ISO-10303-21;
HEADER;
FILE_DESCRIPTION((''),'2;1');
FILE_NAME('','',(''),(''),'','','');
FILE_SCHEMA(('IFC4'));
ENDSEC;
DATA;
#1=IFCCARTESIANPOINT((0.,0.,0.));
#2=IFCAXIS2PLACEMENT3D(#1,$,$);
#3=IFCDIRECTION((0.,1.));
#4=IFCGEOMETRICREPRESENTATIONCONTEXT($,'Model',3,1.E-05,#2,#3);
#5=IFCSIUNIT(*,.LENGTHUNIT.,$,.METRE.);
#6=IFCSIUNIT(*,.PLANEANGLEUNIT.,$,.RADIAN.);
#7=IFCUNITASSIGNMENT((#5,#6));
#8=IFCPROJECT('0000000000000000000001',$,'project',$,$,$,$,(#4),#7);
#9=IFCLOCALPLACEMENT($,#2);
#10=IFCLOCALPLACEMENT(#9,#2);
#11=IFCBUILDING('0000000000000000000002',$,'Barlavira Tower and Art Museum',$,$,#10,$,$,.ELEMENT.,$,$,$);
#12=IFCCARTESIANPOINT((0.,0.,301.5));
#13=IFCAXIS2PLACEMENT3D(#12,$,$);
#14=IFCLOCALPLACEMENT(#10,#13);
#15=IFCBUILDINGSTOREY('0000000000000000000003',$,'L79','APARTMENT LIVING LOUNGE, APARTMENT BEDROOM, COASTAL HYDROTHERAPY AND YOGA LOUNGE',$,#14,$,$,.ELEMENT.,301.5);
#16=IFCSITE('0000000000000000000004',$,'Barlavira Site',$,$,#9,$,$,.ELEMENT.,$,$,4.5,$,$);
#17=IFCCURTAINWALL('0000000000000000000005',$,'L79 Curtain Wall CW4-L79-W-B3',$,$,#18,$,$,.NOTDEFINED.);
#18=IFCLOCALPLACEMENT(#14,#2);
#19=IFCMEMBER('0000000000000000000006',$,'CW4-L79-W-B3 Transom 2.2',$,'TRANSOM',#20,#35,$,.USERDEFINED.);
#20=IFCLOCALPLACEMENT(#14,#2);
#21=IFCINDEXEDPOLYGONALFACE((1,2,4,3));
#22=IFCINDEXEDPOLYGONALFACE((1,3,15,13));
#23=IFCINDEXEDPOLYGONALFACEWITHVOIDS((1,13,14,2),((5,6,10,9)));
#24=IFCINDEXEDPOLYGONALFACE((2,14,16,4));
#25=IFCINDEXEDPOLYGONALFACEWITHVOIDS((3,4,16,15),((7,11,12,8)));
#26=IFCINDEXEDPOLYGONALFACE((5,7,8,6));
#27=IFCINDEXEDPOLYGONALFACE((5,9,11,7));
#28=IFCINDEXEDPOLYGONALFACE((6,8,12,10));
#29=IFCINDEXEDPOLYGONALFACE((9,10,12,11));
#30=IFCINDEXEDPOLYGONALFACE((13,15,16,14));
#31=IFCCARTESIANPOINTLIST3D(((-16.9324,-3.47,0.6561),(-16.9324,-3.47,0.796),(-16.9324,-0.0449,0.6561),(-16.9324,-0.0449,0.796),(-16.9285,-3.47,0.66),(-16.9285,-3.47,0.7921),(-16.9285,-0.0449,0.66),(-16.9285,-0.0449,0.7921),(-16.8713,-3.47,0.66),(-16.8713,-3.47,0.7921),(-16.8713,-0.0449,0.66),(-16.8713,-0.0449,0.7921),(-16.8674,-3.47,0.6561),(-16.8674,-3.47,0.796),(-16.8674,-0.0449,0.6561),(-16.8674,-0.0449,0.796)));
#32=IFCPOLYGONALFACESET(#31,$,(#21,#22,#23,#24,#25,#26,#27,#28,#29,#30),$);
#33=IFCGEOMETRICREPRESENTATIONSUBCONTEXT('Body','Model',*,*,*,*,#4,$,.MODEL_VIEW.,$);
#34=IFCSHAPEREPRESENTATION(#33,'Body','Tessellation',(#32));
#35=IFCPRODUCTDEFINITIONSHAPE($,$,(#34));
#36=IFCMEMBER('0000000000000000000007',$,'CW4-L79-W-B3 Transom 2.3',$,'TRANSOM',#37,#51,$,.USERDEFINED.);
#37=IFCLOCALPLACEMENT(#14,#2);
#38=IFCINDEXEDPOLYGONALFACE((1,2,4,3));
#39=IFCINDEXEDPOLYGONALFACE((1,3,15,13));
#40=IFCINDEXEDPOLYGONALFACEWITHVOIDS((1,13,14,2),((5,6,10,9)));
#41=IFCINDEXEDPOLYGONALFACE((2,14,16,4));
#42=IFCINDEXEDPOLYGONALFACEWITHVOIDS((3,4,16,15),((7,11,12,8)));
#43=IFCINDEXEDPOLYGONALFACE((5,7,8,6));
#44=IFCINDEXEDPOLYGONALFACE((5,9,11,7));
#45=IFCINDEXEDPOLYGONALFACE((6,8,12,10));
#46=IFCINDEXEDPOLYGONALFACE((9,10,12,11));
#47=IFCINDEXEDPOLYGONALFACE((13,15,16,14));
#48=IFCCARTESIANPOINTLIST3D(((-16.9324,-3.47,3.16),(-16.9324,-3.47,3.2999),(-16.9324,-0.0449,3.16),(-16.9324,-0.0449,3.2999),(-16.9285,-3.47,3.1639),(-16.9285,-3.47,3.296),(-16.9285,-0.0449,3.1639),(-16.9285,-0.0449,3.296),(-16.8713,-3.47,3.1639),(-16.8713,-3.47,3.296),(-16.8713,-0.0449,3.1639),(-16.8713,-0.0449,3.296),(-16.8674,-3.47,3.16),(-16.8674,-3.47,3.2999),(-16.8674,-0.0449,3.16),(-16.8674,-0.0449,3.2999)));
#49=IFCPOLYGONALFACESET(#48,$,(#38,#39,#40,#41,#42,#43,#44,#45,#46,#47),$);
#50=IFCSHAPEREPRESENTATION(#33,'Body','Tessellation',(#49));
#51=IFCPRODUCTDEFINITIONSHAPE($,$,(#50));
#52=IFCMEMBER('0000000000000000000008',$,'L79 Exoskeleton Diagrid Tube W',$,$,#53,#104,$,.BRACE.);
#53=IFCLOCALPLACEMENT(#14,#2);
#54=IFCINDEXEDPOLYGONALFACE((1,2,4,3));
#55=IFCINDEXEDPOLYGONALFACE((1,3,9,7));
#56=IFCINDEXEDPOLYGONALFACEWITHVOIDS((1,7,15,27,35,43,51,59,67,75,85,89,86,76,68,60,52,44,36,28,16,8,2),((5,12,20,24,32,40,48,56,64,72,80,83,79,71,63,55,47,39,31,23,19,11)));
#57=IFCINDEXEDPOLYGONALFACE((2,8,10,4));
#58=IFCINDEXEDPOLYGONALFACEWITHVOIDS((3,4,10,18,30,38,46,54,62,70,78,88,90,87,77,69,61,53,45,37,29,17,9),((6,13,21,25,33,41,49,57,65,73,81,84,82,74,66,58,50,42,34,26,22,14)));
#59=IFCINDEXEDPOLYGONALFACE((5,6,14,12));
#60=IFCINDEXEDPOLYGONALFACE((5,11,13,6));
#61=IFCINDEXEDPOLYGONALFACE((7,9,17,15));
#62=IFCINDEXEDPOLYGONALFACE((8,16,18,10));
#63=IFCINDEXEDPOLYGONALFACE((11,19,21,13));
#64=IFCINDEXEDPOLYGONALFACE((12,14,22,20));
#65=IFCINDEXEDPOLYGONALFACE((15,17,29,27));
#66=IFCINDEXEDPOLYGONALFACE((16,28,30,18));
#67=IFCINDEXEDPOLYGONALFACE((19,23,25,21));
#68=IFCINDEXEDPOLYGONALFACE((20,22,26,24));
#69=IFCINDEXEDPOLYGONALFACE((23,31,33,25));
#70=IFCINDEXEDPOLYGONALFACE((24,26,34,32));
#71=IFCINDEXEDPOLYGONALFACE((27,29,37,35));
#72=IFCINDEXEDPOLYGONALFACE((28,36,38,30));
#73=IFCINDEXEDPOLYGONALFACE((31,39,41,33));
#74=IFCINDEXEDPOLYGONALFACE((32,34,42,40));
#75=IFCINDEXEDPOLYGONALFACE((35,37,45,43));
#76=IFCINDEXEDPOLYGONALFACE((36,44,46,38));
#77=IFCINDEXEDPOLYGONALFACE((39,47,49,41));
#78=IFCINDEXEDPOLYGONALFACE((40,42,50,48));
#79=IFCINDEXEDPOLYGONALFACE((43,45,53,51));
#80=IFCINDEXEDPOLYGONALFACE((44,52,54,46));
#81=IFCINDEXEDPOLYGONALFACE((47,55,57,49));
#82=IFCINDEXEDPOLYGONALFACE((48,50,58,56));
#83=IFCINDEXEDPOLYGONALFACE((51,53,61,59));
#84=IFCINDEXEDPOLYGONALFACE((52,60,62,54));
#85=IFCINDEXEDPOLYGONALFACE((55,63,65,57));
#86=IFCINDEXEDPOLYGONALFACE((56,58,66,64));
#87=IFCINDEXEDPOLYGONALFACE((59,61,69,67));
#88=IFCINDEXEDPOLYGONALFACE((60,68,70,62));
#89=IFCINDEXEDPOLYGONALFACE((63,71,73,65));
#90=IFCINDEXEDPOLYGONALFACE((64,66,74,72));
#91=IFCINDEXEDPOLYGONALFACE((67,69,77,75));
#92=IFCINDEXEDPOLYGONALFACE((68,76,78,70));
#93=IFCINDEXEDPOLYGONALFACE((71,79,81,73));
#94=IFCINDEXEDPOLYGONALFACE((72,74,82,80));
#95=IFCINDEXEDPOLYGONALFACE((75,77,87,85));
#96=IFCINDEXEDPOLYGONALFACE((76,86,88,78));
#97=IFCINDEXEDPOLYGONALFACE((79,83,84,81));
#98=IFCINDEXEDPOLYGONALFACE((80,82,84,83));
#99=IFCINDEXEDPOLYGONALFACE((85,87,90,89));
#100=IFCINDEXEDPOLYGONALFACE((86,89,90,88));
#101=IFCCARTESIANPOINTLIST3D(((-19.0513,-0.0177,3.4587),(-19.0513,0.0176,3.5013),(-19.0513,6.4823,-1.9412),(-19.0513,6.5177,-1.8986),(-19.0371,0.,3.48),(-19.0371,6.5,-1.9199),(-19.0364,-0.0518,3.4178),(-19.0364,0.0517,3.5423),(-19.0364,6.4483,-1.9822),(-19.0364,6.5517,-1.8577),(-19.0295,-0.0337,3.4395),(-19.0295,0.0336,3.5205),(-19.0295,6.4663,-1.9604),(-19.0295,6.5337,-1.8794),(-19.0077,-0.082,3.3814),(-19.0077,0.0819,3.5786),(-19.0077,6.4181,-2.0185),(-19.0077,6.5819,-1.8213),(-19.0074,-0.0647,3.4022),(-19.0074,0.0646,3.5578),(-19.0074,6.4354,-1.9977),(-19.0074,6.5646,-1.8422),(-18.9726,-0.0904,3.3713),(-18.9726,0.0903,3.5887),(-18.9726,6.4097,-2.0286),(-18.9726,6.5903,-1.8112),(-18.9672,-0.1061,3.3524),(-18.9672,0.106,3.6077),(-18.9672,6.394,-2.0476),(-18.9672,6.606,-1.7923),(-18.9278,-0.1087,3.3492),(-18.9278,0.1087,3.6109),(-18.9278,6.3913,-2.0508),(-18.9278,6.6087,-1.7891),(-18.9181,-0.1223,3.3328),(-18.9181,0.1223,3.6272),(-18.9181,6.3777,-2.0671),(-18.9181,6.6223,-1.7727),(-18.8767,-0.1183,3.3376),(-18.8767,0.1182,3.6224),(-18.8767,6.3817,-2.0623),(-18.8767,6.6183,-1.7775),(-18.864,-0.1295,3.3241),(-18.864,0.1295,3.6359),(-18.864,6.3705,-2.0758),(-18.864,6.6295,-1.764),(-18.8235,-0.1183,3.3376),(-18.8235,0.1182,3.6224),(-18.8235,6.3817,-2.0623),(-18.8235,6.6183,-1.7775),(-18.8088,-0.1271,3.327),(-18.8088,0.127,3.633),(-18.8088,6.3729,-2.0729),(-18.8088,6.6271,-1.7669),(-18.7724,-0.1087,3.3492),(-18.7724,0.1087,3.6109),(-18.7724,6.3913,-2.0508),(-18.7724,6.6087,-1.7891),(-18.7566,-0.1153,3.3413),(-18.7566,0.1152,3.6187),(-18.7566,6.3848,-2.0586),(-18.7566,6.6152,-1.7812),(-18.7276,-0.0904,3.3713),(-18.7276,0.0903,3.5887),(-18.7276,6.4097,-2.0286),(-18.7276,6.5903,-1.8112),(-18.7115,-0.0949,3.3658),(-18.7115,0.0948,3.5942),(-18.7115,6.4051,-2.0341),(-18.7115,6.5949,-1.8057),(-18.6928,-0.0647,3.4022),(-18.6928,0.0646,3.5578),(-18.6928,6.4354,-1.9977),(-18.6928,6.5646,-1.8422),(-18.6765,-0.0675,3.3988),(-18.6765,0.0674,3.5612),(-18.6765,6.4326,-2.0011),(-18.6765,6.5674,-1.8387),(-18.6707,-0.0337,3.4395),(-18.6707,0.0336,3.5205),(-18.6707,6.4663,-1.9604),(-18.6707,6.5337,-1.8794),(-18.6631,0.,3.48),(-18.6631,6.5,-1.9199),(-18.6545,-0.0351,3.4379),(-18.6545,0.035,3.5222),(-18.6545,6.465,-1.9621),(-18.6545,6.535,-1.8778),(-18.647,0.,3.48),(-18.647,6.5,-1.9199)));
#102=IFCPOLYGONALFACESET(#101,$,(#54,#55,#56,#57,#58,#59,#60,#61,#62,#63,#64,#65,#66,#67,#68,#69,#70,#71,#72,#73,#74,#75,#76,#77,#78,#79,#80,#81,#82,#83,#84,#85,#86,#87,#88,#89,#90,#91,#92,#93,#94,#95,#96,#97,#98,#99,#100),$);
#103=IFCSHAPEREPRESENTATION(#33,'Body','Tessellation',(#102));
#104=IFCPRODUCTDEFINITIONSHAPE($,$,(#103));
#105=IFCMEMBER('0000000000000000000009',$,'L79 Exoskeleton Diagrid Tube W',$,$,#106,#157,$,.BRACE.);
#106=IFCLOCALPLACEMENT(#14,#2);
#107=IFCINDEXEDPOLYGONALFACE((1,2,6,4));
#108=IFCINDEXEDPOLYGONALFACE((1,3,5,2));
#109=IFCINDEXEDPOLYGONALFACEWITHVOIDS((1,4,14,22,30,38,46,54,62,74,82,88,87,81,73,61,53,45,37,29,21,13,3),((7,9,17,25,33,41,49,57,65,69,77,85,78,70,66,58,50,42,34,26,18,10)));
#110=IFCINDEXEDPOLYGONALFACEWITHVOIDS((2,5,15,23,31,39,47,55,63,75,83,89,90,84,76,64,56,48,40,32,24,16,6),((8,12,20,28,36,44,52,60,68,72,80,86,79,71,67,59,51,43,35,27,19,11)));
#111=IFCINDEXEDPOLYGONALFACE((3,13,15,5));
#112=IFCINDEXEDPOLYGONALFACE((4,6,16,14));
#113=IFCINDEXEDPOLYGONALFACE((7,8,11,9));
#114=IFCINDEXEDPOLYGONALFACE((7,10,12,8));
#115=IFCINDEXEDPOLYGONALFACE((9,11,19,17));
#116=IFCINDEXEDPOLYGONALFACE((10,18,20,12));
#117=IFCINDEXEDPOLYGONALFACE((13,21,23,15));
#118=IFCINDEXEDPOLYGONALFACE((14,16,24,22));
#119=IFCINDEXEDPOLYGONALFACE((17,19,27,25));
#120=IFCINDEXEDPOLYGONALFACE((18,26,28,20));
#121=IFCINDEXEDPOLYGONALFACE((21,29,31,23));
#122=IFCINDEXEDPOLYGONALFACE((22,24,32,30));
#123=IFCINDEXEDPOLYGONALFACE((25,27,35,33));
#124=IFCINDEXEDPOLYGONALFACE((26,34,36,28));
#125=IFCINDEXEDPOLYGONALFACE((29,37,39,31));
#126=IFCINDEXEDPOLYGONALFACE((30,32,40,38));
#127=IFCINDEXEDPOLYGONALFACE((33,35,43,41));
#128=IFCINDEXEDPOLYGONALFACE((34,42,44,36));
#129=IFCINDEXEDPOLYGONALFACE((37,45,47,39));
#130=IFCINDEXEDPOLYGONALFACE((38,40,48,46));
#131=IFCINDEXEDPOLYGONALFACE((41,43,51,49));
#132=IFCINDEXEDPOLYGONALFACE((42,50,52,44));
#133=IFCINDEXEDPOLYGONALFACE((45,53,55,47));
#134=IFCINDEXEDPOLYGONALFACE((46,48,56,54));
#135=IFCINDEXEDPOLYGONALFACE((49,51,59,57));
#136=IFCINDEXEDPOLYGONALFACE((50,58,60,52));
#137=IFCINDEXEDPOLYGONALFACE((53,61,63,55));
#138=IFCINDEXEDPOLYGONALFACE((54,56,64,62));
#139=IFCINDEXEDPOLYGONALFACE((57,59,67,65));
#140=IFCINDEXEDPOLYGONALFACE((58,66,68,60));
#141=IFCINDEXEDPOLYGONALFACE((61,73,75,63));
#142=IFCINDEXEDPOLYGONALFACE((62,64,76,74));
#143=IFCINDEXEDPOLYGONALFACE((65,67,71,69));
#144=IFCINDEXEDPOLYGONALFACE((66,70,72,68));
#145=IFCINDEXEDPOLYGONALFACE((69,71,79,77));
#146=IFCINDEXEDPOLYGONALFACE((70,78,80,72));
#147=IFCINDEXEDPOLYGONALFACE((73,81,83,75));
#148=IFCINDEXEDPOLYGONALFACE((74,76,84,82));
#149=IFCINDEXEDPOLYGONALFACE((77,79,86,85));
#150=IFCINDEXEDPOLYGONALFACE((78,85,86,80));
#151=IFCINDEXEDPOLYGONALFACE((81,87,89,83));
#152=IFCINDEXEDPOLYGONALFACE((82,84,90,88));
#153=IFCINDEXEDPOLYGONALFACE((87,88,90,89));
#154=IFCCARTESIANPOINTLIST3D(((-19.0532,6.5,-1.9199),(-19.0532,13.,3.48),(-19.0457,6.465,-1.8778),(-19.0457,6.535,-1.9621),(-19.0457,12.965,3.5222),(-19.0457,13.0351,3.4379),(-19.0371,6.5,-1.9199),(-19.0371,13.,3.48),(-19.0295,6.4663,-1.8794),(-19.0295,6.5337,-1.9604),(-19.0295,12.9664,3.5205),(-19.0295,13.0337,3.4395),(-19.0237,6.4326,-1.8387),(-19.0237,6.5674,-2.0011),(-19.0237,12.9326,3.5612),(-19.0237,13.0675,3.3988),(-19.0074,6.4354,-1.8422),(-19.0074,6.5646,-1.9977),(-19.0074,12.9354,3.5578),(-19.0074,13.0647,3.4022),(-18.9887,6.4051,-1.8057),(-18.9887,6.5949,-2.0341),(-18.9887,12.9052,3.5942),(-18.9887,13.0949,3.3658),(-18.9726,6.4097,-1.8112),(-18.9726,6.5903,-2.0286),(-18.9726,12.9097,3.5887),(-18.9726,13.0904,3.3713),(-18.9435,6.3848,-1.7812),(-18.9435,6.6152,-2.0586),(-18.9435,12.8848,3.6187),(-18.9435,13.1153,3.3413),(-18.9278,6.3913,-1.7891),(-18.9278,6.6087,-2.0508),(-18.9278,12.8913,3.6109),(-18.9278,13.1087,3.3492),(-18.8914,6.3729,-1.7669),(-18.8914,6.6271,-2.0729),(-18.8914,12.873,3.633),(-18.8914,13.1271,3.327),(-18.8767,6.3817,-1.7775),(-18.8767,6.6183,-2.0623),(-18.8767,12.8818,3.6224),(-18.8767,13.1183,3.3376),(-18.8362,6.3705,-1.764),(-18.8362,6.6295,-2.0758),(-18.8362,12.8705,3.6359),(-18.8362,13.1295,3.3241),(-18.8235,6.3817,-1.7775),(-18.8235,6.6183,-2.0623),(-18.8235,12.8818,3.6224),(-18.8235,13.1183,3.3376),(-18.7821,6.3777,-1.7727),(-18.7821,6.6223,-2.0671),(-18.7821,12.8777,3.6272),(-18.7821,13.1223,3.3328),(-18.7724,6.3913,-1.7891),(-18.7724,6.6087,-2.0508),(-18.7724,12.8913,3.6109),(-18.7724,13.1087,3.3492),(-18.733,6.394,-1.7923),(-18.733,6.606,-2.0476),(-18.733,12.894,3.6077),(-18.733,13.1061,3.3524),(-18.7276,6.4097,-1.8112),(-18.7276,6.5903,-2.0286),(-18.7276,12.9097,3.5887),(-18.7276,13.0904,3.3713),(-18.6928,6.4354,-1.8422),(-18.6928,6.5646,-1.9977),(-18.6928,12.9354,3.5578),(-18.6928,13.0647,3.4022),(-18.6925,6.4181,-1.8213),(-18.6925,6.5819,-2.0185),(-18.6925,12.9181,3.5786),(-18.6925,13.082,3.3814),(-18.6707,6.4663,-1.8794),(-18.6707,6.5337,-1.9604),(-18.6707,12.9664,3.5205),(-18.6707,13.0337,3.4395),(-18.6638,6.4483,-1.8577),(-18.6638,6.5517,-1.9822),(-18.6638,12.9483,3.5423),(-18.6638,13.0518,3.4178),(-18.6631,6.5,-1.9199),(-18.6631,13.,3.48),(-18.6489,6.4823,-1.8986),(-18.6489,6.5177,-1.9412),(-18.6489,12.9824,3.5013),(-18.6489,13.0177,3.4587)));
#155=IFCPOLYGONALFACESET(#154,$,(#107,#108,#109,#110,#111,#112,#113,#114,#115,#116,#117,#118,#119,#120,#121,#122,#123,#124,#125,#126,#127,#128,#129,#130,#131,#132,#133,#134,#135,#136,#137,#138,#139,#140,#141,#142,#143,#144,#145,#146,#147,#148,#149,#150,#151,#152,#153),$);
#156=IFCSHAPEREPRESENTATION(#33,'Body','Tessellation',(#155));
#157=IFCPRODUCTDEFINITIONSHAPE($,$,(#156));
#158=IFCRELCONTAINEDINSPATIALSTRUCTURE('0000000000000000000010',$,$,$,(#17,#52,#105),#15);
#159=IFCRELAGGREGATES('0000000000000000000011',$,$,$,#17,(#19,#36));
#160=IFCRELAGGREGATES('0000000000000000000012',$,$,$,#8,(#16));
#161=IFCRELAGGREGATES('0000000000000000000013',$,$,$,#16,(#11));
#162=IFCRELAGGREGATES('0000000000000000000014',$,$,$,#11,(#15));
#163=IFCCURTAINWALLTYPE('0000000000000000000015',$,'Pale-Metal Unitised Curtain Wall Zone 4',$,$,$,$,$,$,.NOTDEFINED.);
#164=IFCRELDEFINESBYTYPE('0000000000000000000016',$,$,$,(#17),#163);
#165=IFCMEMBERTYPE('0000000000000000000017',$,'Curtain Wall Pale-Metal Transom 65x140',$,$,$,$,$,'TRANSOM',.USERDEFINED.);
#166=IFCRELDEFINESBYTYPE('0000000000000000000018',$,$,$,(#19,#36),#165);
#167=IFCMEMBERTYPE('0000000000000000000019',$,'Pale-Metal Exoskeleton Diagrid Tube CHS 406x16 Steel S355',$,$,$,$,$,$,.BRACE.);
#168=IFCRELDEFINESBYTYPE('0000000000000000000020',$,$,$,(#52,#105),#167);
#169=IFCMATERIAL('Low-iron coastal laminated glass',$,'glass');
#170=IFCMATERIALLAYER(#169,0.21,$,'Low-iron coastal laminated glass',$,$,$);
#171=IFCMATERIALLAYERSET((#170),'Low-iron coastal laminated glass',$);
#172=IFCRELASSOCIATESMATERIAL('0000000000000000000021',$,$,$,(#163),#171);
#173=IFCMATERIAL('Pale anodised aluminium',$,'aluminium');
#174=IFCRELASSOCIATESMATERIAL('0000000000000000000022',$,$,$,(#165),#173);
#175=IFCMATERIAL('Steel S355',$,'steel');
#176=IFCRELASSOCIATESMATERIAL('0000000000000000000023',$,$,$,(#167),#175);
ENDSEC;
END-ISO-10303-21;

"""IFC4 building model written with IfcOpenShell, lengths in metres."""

from ifc_helpers import new_model, si_unit, direction, frame, origin, origin_2d, place, context, subcontext, project, spatial, hollow_rectangle, hollow_circle, extrude, material, layer, layer_set, material_profile, profile_set, type_object, element, aggregate, save


model = new_model("IFC4")

# Units and contexts
model_context = context("Model", 3, precision=1e-05, world=origin(), true_north=direction((0.0, 1.0)))
body_context = subcontext(model_context, "Body", "Model", "MODEL_VIEW")
ifc_project = project(units=[si_unit("LENGTHUNIT", "METRE"), si_unit("PLANEANGLEUNIT", "RADIAN")], contexts=[model_context])

# Site, building, storey
site_placement = place(None, origin())
site = spatial("IfcSite", under=ifc_project, at=site_placement, Name="Barlavira Site", CompositionType="ELEMENT", RefElevation=4.5)
building_placement = place(site_placement, origin())
building = spatial("IfcBuilding", under=site, at=building_placement, Name="Barlavira Tower and Art Museum", CompositionType="ELEMENT")
storey_placement = place(building_placement, frame((0.0, 0.0, 301.5)))
storey = spatial("IfcBuildingStorey", under=building, at=storey_placement, Name="L79", Description="APARTMENT LIVING LOUNGE, APARTMENT BEDROOM, COASTAL HYDROTHERAPY AND YOGA LOUNGE", CompositionType="ELEMENT", Elevation=301.5)

# Curtain wall, members
ifc_material_1 = material(Name="Low-iron coastal laminated glass", Category="glass")
ifc_layer_1 = layer(ifc_material_1, 0.21, Name="Low-iron coastal laminated glass")
ifc_layer_set_1 = layer_set([ifc_layer_1], Name="Low-iron coastal laminated glass")
curtain_wall_type = type_object("IfcCurtainWallType", Name="Pale-Metal Unitised Curtain Wall Zone 4", PredefinedType="NOTDEFINED", material=ifc_layer_set_1)
curtain_wall_placement = place(storey_placement, origin())
curtain_wall = element("IfcCurtainWall", 1, at=curtain_wall_placement, inside=storey, type_object=curtain_wall_type, Name="L79 Curtain Wall CW4-L79-W-B3", PredefinedType="NOTDEFINED")
ifc_material_2 = material(Name="Pale anodised aluminium", Category="aluminium")
ifc_material_profile_1 = material_profile(ifc_material_2, hollow_rectangle(XDim=0.0649, YDim=0.1399, WallThickness=0.0039, at=origin_2d()), Name="ALU-TRAN 65x140x4")
ifc_profile_set_1 = profile_set([ifc_material_profile_1], Name="Pale anodised aluminium")
member_type_1 = type_object("IfcMemberType", Name="Curtain Wall Pale-Metal Transom 65x140", ElementType="TRANSOM", PredefinedType="USERDEFINED", material=ifc_profile_set_1)
member_1_placement = place(storey_placement, frame((-16.8999, -0.0449, 0.7261), z_axis=(0.0, -1.0, 0.0), x_axis=(1.0, 0.0, 0.0)))
member_1 = element("IfcMember", 2, at=member_1_placement, type_object=member_type_1, Name="CW4-L79-W-B3 Transom 2.2", ObjectType="TRANSOM", PredefinedType="USERDEFINED", context=body_context, shape_type="SweptSolid", body=[
    extrude(hollow_rectangle(XDim=0.0649, YDim=0.1399, WallThickness=0.0039, at=origin_2d()), origin(), (0.0, 0.0, 1.0), 3.425),
])
member_2_placement = place(storey_placement, frame((-16.8999, -0.0449, 3.23), z_axis=(0.0, -1.0, 0.0), x_axis=(1.0, 0.0, 0.0)))
member_2 = element("IfcMember", 3, at=member_2_placement, type_object=member_type_1, Name="CW4-L79-W-B3 Transom 2.3", ObjectType="TRANSOM", PredefinedType="USERDEFINED", context=body_context, shape_type="SweptSolid", body=[
    extrude(hollow_rectangle(XDim=0.0649, YDim=0.1399, WallThickness=0.0039, at=origin_2d()), origin(), (0.0, 0.0, 1.0), 3.425),
])

# Members
ifc_material_3 = material(Name="Steel S355", Category="steel")
ifc_material_profile_2 = material_profile(ifc_material_3, hollow_circle(Radius=0.2031, WallThickness=0.0161, at=origin_2d()), Name="CHS 406.4x16.0")
ifc_profile_set_2 = profile_set([ifc_material_profile_2], Name="Steel S355")
member_type_2 = type_object("IfcMemberType", Name="Pale-Metal Exoskeleton Diagrid Tube CHS 406x16 Steel S355", PredefinedType="BRACE", material=ifc_profile_set_2)
for number, where, z_axis, x_axis, name in (
    (4, (-18.8501, 6.5, -1.9199), (0.0, -0.769196, 0.639013), (1.0, 0.0, 0.0), "L79 Exoskeleton Diagrid Tube W"),
    (5, (-18.8501, 6.5, -1.9199), (0.0, 0.769196, 0.639013), (-1.0, 0.0, 0.0), "L79 Exoskeleton Diagrid Tube W"),
):
    element("IfcMember", number, at=place(storey_placement, frame(where, z_axis=z_axis, x_axis=x_axis)), inside=storey, type_object=member_type_2, Name=name, PredefinedType="BRACE", context=body_context, shape_type="SweptSolid", body=[
        extrude(hollow_circle(Radius=0.2031, WallThickness=0.0161, at=origin_2d()), origin(), (0.0, 0.0, 1.0), 8.4504),
    ])

aggregate(curtain_wall, [member_1, member_2])

save(model, "model.ifc")
